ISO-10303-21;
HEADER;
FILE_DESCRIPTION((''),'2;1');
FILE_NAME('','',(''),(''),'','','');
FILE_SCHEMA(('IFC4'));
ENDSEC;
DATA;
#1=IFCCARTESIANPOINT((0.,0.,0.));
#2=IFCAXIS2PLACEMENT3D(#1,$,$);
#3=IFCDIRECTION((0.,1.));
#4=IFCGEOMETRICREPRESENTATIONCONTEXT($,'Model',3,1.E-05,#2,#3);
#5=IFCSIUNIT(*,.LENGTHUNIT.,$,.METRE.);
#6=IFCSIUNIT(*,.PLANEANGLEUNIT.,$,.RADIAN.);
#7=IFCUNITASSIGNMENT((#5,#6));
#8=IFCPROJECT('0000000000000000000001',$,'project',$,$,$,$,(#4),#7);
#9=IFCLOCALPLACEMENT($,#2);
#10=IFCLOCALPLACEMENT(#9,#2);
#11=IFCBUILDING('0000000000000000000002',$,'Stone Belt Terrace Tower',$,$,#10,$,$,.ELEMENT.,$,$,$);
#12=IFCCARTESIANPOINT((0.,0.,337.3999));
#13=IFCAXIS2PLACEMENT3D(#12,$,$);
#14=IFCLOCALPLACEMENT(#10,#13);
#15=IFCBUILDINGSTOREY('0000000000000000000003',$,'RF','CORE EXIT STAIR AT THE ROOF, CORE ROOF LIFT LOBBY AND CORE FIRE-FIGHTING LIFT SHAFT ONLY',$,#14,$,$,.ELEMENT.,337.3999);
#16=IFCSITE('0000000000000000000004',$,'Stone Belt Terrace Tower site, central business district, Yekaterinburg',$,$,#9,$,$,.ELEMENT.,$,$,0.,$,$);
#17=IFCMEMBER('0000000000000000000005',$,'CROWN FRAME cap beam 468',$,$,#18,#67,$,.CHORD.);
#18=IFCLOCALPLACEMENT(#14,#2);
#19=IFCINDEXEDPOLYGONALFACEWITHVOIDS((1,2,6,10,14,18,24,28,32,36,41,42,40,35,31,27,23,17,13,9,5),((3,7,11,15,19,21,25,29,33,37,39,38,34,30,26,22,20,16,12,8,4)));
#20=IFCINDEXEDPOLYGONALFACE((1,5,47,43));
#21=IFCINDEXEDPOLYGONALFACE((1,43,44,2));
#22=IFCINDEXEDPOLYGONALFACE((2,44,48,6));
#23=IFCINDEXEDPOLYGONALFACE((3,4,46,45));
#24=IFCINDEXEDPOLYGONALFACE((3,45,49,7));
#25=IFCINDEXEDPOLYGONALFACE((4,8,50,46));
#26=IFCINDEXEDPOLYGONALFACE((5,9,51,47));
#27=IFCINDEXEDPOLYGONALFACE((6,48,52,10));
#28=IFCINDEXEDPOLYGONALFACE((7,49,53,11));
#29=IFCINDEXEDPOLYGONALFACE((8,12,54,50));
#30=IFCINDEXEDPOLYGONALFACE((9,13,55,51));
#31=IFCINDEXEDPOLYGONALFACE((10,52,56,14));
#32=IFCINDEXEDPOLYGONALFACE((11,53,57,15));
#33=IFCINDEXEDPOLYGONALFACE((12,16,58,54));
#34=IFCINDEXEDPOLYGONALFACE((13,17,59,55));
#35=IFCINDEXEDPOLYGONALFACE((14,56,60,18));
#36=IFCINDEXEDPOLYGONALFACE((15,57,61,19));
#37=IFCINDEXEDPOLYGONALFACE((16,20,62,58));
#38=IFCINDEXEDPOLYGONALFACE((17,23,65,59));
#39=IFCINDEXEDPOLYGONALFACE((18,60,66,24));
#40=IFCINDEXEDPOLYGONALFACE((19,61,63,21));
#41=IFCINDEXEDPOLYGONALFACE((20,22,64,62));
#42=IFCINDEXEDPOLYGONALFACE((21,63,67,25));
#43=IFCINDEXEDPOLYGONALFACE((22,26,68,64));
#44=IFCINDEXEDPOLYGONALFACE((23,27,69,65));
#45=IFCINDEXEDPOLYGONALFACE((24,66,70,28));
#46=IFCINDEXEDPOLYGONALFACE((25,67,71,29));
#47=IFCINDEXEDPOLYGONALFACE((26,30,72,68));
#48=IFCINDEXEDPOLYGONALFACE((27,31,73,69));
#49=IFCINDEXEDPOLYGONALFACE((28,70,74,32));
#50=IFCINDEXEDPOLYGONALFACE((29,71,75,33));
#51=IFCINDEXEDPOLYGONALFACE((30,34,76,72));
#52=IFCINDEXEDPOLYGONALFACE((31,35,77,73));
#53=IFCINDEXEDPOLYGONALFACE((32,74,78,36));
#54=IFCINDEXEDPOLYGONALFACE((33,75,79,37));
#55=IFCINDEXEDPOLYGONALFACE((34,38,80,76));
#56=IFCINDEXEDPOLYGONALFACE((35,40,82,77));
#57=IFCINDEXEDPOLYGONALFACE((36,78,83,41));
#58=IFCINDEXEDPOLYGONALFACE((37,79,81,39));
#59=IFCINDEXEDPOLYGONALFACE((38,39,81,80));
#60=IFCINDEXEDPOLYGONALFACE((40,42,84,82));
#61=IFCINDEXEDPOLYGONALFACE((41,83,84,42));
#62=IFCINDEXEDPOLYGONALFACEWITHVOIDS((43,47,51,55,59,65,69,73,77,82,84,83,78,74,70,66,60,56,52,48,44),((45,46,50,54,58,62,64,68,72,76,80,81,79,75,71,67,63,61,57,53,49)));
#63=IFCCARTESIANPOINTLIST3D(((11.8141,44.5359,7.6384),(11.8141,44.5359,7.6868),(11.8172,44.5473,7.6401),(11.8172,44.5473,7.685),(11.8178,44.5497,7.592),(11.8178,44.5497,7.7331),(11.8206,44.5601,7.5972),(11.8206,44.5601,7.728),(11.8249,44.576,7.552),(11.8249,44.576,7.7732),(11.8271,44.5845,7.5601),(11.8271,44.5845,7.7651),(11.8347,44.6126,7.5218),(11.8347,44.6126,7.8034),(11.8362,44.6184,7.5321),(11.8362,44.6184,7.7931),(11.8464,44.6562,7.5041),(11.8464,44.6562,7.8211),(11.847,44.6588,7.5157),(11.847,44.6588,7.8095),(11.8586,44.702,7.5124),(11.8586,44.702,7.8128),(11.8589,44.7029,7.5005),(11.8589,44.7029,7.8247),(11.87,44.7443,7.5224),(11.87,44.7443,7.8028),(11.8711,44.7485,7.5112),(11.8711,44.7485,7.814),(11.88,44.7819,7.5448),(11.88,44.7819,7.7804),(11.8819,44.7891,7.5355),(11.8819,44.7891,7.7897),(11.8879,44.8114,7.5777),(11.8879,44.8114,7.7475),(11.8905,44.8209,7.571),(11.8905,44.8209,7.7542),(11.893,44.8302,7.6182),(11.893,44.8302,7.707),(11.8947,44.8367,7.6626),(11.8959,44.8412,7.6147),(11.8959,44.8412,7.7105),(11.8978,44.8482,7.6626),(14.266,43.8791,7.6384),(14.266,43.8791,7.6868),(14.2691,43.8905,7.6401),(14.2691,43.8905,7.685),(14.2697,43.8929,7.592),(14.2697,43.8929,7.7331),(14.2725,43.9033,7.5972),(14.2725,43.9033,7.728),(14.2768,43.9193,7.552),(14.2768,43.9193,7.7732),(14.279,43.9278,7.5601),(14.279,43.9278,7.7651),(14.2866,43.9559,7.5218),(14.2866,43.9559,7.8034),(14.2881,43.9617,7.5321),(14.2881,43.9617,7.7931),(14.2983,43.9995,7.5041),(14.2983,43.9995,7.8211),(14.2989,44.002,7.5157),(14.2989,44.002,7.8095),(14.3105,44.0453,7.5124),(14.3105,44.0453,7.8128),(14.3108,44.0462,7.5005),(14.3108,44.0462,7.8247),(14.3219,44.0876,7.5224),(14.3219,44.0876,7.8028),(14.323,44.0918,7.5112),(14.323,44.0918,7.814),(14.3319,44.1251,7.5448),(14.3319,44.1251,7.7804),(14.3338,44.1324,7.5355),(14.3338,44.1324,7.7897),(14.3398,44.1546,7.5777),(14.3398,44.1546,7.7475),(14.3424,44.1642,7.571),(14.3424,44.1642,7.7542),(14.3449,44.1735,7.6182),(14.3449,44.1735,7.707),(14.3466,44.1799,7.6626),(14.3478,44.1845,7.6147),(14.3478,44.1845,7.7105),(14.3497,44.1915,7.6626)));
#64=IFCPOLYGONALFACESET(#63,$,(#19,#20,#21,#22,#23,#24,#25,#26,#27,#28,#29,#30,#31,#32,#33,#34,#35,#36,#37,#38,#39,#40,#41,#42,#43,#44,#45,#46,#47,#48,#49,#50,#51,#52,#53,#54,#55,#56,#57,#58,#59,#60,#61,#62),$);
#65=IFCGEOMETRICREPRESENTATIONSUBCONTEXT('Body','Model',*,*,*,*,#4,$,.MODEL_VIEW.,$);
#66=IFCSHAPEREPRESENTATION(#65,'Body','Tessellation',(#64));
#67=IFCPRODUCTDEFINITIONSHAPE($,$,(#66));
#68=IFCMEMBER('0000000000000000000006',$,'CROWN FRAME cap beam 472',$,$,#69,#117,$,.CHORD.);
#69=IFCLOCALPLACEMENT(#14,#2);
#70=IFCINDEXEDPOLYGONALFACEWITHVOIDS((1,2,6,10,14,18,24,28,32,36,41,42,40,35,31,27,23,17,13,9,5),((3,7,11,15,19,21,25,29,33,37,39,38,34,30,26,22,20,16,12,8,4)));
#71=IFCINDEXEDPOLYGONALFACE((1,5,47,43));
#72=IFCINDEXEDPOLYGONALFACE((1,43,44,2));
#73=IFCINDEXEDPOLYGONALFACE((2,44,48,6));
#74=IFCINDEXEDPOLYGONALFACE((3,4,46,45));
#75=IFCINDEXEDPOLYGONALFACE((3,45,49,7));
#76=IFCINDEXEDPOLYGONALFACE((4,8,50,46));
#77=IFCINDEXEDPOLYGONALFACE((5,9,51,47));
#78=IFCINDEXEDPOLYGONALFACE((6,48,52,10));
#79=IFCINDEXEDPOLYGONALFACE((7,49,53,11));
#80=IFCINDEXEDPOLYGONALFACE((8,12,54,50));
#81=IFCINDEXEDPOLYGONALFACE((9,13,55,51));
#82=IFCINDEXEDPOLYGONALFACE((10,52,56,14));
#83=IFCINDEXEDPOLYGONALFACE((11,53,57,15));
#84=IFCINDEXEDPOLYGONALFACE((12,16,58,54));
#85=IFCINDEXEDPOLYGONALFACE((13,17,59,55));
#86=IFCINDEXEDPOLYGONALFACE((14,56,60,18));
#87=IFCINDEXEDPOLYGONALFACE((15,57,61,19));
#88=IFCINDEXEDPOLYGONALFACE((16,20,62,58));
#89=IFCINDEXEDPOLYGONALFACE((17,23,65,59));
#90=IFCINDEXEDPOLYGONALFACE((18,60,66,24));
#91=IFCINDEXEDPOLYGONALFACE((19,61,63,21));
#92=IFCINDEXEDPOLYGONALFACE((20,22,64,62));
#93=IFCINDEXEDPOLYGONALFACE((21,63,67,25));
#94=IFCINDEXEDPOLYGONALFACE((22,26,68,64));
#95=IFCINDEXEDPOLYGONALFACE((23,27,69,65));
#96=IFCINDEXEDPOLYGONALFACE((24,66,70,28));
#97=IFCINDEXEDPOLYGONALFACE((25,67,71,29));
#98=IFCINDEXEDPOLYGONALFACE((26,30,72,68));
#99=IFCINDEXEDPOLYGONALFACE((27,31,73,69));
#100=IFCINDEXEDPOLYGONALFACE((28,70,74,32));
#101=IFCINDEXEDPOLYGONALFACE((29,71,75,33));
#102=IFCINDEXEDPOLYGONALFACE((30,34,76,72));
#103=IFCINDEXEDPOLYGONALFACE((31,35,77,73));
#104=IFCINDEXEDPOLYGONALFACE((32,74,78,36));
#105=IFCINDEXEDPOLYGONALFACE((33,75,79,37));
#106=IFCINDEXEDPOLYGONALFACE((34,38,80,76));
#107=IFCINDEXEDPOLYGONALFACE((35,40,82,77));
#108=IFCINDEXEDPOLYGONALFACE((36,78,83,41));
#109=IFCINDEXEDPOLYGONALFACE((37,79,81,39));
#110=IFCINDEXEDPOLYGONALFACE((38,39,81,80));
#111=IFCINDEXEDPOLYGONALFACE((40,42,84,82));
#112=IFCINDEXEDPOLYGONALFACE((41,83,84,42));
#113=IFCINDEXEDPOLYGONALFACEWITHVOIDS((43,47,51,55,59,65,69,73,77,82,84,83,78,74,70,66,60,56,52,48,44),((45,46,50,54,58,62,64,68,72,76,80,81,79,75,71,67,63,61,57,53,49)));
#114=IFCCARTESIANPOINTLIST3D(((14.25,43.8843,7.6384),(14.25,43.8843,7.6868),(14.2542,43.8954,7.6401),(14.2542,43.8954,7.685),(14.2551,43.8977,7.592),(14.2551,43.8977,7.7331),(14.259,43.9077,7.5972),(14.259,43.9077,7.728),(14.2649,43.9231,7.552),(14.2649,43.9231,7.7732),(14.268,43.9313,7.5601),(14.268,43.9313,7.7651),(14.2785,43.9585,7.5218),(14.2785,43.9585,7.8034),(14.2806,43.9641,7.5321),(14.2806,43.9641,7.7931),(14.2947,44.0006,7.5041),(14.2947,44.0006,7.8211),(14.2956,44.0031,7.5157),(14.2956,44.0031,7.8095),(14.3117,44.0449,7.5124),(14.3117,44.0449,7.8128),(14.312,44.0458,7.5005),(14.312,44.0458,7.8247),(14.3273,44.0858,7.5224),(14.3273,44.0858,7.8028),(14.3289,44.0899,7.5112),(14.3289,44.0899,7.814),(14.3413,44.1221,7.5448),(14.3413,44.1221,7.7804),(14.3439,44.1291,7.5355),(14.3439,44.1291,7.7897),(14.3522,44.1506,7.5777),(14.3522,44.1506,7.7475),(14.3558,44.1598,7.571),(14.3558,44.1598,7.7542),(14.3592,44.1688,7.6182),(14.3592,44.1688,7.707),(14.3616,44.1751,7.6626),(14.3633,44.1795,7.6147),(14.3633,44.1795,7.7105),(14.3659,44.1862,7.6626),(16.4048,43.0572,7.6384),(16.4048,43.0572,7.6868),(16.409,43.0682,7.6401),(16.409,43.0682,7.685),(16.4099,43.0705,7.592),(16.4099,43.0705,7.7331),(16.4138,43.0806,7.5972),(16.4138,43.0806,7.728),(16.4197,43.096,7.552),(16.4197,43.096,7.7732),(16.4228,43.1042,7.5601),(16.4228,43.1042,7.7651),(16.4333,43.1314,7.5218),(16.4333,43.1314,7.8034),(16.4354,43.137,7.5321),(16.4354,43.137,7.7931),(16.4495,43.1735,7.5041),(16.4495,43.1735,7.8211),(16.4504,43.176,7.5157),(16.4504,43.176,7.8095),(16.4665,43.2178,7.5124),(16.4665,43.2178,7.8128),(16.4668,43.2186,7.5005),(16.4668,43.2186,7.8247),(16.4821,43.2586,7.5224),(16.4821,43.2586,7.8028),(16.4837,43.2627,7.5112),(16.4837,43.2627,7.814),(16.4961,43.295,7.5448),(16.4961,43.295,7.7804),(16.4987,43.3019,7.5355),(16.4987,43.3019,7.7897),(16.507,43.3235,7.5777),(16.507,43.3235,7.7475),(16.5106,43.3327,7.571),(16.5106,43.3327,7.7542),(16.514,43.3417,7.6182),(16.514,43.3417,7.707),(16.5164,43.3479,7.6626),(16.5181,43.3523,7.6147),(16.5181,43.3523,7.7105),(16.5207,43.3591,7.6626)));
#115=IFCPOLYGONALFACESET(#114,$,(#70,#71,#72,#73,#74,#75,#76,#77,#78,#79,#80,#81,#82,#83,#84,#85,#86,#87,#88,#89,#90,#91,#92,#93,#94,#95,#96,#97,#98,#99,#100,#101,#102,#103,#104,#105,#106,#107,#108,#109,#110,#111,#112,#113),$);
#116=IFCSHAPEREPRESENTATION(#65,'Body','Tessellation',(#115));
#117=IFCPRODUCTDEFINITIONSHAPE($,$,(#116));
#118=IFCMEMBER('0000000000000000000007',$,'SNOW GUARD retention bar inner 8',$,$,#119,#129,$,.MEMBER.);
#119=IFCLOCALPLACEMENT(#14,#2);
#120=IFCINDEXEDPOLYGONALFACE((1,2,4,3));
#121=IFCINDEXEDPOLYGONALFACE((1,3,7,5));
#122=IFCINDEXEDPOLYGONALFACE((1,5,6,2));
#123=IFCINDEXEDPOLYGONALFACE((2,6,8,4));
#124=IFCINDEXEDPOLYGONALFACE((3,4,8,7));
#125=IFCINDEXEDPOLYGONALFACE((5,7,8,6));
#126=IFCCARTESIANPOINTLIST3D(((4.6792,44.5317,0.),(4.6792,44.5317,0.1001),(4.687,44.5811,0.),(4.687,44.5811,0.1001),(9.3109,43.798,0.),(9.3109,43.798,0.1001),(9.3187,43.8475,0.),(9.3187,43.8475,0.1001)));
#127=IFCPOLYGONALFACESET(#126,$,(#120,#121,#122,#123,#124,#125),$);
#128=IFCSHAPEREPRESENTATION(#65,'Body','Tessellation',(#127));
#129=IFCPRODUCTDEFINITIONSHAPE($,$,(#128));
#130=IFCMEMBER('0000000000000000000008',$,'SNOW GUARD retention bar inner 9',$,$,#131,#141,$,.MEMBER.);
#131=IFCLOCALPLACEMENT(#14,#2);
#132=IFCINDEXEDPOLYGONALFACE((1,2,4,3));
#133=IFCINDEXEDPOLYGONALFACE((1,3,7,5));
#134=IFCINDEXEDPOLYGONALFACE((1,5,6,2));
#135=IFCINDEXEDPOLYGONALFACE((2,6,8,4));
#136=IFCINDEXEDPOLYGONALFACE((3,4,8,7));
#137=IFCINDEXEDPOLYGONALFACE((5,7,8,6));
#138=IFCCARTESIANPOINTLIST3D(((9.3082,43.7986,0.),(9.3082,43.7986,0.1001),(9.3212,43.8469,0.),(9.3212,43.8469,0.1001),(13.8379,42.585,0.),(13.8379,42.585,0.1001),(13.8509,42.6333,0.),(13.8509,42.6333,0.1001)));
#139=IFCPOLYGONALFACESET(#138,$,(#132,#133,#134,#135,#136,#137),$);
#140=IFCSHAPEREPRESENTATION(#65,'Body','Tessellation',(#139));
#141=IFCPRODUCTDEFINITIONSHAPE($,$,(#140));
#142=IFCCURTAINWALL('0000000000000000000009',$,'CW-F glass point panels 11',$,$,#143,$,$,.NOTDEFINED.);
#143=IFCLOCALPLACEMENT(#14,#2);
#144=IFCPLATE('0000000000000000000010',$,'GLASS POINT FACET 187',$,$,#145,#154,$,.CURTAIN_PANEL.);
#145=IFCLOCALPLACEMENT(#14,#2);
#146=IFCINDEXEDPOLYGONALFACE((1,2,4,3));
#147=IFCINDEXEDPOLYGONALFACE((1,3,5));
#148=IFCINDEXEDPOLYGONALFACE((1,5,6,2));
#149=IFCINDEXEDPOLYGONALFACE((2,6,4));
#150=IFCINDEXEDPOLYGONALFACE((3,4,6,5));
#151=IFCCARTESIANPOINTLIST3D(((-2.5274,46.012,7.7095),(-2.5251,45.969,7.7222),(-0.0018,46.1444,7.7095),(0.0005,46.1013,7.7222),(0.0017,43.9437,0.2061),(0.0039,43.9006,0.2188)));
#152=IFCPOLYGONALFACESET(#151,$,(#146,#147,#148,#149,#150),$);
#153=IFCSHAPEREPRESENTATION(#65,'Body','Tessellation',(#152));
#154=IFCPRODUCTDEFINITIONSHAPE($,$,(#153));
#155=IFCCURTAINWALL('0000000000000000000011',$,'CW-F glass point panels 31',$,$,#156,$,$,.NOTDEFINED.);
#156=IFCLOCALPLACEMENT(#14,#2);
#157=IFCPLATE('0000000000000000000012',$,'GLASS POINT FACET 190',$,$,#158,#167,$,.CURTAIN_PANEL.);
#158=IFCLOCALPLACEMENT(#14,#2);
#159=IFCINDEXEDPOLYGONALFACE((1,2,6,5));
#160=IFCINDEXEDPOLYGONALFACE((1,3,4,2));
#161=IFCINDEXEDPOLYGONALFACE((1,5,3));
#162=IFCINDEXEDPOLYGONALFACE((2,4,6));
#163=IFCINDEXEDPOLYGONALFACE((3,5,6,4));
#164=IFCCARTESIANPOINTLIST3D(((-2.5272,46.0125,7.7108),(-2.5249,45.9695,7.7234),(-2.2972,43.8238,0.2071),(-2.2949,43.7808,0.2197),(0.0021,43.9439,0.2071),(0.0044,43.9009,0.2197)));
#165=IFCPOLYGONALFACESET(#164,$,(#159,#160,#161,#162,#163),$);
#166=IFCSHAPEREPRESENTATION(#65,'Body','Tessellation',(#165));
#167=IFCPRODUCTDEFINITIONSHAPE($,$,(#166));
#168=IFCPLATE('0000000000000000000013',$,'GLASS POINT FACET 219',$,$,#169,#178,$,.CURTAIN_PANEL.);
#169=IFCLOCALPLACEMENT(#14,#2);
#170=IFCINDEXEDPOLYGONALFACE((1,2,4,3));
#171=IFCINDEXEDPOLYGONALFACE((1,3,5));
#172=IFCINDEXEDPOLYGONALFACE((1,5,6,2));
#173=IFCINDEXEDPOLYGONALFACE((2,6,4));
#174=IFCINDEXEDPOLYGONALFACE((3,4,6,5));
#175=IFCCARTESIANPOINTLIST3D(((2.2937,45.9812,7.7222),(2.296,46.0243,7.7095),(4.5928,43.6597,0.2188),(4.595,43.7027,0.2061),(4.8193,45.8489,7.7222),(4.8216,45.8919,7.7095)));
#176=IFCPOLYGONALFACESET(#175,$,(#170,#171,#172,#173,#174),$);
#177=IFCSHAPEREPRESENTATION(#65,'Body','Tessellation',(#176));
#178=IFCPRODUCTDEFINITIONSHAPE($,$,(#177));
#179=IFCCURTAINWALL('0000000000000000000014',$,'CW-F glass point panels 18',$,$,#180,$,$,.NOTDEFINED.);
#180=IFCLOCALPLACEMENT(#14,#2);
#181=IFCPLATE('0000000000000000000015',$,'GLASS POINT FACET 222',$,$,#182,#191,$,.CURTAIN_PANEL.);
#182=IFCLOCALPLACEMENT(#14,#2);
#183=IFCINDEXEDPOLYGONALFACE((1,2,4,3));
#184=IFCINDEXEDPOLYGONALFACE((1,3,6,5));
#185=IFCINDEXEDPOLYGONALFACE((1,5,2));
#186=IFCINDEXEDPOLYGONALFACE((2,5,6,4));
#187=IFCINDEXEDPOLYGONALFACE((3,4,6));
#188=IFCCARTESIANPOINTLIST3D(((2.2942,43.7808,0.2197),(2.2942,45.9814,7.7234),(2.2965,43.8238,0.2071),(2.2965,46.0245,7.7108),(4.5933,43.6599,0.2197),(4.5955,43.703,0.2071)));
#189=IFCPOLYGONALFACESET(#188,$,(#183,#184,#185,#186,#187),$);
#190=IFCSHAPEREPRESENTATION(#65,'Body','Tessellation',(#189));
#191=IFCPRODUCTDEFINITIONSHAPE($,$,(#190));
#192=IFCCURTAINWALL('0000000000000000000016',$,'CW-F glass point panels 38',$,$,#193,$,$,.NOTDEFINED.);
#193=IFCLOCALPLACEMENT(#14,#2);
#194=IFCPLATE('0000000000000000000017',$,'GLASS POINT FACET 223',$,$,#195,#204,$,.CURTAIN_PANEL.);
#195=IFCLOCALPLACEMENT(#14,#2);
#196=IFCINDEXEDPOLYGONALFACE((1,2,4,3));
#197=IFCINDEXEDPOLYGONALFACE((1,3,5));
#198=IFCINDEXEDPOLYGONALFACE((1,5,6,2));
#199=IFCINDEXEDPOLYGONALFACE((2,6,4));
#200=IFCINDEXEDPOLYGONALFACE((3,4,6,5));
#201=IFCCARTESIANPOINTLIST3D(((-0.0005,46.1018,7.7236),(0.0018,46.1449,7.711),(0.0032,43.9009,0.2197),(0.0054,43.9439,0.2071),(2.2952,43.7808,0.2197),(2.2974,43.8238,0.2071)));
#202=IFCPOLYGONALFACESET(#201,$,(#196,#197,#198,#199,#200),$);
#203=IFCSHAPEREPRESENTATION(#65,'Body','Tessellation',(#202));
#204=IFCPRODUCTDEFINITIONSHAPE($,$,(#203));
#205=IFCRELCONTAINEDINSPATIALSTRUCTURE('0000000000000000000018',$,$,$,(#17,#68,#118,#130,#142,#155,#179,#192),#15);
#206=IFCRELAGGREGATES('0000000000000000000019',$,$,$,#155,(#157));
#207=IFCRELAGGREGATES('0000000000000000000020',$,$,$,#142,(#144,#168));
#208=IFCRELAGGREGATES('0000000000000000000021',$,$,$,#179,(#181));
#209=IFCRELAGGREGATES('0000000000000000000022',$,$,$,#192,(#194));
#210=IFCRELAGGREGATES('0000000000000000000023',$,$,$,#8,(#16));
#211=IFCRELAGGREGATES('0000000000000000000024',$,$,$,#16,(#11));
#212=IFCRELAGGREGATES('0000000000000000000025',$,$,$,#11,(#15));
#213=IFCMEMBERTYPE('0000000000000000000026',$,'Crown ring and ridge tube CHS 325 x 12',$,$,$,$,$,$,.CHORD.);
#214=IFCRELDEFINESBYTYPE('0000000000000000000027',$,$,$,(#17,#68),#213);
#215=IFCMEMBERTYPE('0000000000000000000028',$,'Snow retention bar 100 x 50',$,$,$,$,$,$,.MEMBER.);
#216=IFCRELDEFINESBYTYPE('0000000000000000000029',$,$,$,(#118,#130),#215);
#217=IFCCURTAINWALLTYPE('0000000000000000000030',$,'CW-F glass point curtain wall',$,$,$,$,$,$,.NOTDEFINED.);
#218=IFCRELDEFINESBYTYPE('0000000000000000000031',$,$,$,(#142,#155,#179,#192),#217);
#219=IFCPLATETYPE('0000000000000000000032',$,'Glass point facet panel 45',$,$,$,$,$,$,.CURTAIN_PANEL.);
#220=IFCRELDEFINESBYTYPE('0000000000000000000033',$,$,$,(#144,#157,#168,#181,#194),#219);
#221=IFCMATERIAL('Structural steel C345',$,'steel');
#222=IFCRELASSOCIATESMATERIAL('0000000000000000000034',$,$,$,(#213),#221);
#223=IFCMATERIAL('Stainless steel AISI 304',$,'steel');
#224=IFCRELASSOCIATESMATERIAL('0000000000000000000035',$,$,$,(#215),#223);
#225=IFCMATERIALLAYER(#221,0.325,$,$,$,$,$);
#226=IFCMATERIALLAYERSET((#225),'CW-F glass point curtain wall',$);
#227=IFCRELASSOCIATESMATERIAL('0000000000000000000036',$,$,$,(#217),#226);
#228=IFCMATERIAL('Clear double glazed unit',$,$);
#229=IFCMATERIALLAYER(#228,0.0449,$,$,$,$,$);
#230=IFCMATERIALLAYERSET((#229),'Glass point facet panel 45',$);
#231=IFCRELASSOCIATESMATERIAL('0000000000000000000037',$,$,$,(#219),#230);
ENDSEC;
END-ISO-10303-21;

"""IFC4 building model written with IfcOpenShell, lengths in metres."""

from ifc_helpers import new_model, si_unit, direction, frame, origin, origin_2d, place, context, subcontext, project, spatial, polyline, rectangle, hollow_circle, outline, extrude, material, layer, layer_set, material_profile, profile_set, type_object, element, aggregate, save


model = new_model("IFC4")

# Units and contexts
model_context = context("Model", 3, precision=1e-05, world=origin(), true_north=direction((0.0, 1.0)))
body_context = subcontext(model_context, "Body", "Model", "MODEL_VIEW")
ifc_project = project(units=[si_unit("LENGTHUNIT", "METRE"), si_unit("PLANEANGLEUNIT", "RADIAN")], contexts=[model_context])

# Site, building, storey
site_placement = place(None, origin())
site = spatial("IfcSite", under=ifc_project, at=site_placement, Name="Stone Belt Terrace Tower site, central business district, Yekaterinburg", CompositionType="ELEMENT", RefElevation=0.0)
building_placement = place(site_placement, origin())
building = spatial("IfcBuilding", under=site, at=building_placement, Name="Stone Belt Terrace Tower", CompositionType="ELEMENT")
storey_placement = place(building_placement, frame((0.0, 0.0, 337.3999)))
storey = spatial("IfcBuildingStorey", under=building, at=storey_placement, Name="RF", Description="CORE EXIT STAIR AT THE ROOF, CORE ROOF LIFT LOBBY AND CORE FIRE-FIGHTING LIFT SHAFT ONLY", CompositionType="ELEMENT", Elevation=337.3999)

# Members
ifc_material_1 = material(Name="Structural steel C345", Category="steel")
ifc_material_profile_1 = material_profile(ifc_material_1, hollow_circle(Radius=0.1626, WallThickness=0.012, at=origin_2d()), Name="Structural steel C345 CHS 325x12")
ifc_profile_set_1 = profile_set([ifc_material_profile_1], Name="Structural steel C345")
member_type_1 = type_object("IfcMemberType", Name="Crown ring and ridge tube CHS 325 x 12", PredefinedType="CHORD", material=ifc_profile_set_1)
member_1_placement = place(storey_placement, frame((11.8557, 44.6912, 7.6626), z_axis=(0.96595, -0.258728, 0.0), x_axis=(0.258728, 0.96595, 0.0)))
element("IfcMember", 1, at=member_1_placement, inside=storey, type_object=member_type_1, Name="CROWN FRAME cap beam 468", PredefinedType="CHORD", context=body_context, shape_type="SweptSolid", body=[
    extrude(hollow_circle(Radius=0.1626, WallThickness=0.012, at=origin_2d()), origin(), (0.0, 0.0, 1.0), 2.5383),
])
member_2_placement = place(storey_placement, frame((14.3076, 44.0344, 7.6626), z_axis=(0.93358, -0.358369, 0.0), x_axis=(0.358369, 0.93358, 0.0)))
element("IfcMember", 2, at=member_2_placement, inside=storey, type_object=member_type_1, Name="CROWN FRAME cap beam 472", PredefinedType="CHORD", context=body_context, shape_type="SweptSolid", body=[
    extrude(hollow_circle(Radius=0.1626, WallThickness=0.012, at=origin_2d()), origin(), (0.0, 0.0, 1.0), 2.3081),
])
ifc_material_2 = material(Name="Stainless steel AISI 304", Category="steel")
ifc_material_profile_2 = material_profile(ifc_material_2, rectangle(XDim=0.05, YDim=0.1001, at=origin_2d()), Name="Stainless steel AISI 304 100x50")
ifc_profile_set_2 = profile_set([ifc_material_profile_2], Name="Stainless steel AISI 304")
member_type_2 = type_object("IfcMemberType", Name="Snow retention bar 100 x 50", PredefinedType="MEMBER", material=ifc_profile_set_2)
for number, where, z_axis, x_axis, name in (
    (3, (4.6831, 44.5564, 0.05), (0.987686, -0.156449, 0.0), (0.156449, 0.987686, 0.0), "SNOW GUARD retention bar inner 8"),
    (4, (9.3147, 43.8228, 0.05), (0.965933, -0.258793, 0.0), (0.258793, 0.965933, 0.0), "SNOW GUARD retention bar inner 9"),
):
    element("IfcMember", number, at=place(storey_placement, frame(where, z_axis=z_axis, x_axis=x_axis)), inside=storey, type_object=member_type_2, Name=name, PredefinedType="MEMBER", context=body_context, shape_type="SweptSolid", body=[
        extrude(rectangle(XDim=0.05, YDim=0.1001, at=origin_2d()), origin(), (0.0, 0.0, 1.0), 4.6895),
    ])

# Curtain walls, plates
ifc_layer_1 = layer(ifc_material_1, 0.325)
ifc_layer_set_1 = layer_set([ifc_layer_1], Name="CW-F glass point curtain wall")
curtain_wall_type = type_object("IfcCurtainWallType", Name="CW-F glass point curtain wall", PredefinedType="NOTDEFINED", material=ifc_layer_set_1)
curtain_wall_1_placement = place(storey_placement, origin())
curtain_wall_1 = element("IfcCurtainWall", 5, at=curtain_wall_1_placement, inside=storey, type_object=curtain_wall_type, Name="CW-F glass point panels 11", PredefinedType="NOTDEFINED")
ifc_material_3 = material(Name="Clear double glazed unit")
ifc_layer_2 = layer(ifc_material_3, 0.0449)
ifc_layer_set_2 = layer_set([ifc_layer_2], Name="Glass point facet panel 45")
plate_type = type_object("IfcPlateType", Name="Glass point facet panel 45", PredefinedType="CURTAIN_PANEL", material=ifc_layer_set_2)
plate_1_placement = place(storey_placement, frame((0.0039, 43.9006, 0.2188), z_axis=(0.050211, -0.958363, 0.281102), x_axis=(-0.309029, 0.252737, 0.916856)))
plate_1 = element("IfcPlate", 6, at=plate_1_placement, type_object=plate_type, Name="GLASS POINT FACET 187", PredefinedType="CURTAIN_PANEL", context=body_context, shape_type="SweptSolid", body=[
    extrude(outline(polyline([(0.0, 0.0), (8.1839, 0.0), (7.4368, -2.4162), (0.0, 0.0)])), origin(), (0.0, 0.0, -1.0), 0.0449),
])
curtain_wall_2_placement = place(storey_placement, origin())
curtain_wall_2 = element("IfcCurtainWall", 7, at=curtain_wall_2_placement, inside=storey, type_object=curtain_wall_type, Name="CW-F glass point panels 31", PredefinedType="NOTDEFINED")
plate_2_placement = place(storey_placement, frame((0.0044, 43.9009, 0.2197), z_axis=(0.050066, -0.958377, 0.281081), x_axis=(-0.998638, -0.052169, 0.0)))
plate_2 = element("IfcPlate", 8, at=plate_2_placement, type_object=plate_type, Name="GLASS POINT FACET 190", PredefinedType="CURTAIN_PANEL", context=body_context, shape_type="SweptSolid", body=[
    extrude(outline(polyline([(0.0, 0.0), (2.3025, 0.0), (2.4179, -7.8189), (0.0, 0.0)])), origin(), (0.0, 0.0, -1.0), 0.0449),
])
aggregate(curtain_wall_2, [plate_2])

# Plate
plate_3_placement = place(storey_placement, frame((4.5928, 43.6597, 0.2188), z_axis=(-0.050211, -0.958356, 0.281128), x_axis=(-0.280926, 0.28367, 0.916849)))
plate_3 = element("IfcPlate", 9, at=plate_3_placement, type_object=plate_type, Name="GLASS POINT FACET 219", PredefinedType="CURTAIN_PANEL", context=body_context, shape_type="SweptSolid", body=[
    extrude(outline(polyline([(0.0, 0.0), (8.1839, 0.0), (7.4369, -2.4162), (0.0, 0.0)])), origin(), (0.0, 0.0, -1.0), 0.0449),
])
aggregate(curtain_wall_1, [plate_1, plate_3])

# Curtain wall, plate
curtain_wall_3_placement = place(storey_placement, origin())
curtain_wall_3 = element("IfcCurtainWall", 10, at=curtain_wall_3_placement, inside=storey, type_object=curtain_wall_type, Name="CW-F glass point panels 18", PredefinedType="NOTDEFINED")
plate_4_placement = place(storey_placement, frame((4.5933, 43.6599, 0.2197), z_axis=(-0.050376, -0.958364, 0.28107), x_axis=(-0.998621, 0.052492, 0.0)))
plate_4 = element("IfcPlate", 11, at=plate_4_placement, type_object=plate_type, Name="GLASS POINT FACET 222", PredefinedType="CURTAIN_PANEL", context=body_context, shape_type="SweptSolid", body=[
    extrude(outline(polyline([(0.0, 0.0), (2.3022, 0.0), (2.4178, -7.8189), (0.0, 0.0)])), origin(), (0.0, 0.0, -1.0), 0.0449),
])
aggregate(curtain_wall_3, [plate_4])

# Curtain wall, plate
curtain_wall_4_placement = place(storey_placement, origin())
curtain_wall_4 = element("IfcCurtainWall", 12, at=curtain_wall_4_placement, inside=storey, type_object=curtain_wall_type, Name="CW-F glass point panels 38", PredefinedType="NOTDEFINED")
plate_5_placement = place(storey_placement, frame((0.0032, 43.9009, 0.2197), z_axis=(-0.050226, -0.958372, 0.28107), x_axis=(-0.000468, 0.281448, 0.959576)))
plate_5 = element("IfcPlate", 13, at=plate_5_placement, type_object=plate_type, Name="GLASS POINT FACET 223", PredefinedType="CURTAIN_PANEL", context=body_context, shape_type="SweptSolid", body=[
    extrude(outline(polyline([(0.0, 0.0), (7.82, 0.0), (-0.0349, -2.2949), (0.0, 0.0)])), origin(), (0.0, 0.0, -1.0), 0.0449),
])
aggregate(curtain_wall_4, [plate_5])

save(model, "model.ifc")
